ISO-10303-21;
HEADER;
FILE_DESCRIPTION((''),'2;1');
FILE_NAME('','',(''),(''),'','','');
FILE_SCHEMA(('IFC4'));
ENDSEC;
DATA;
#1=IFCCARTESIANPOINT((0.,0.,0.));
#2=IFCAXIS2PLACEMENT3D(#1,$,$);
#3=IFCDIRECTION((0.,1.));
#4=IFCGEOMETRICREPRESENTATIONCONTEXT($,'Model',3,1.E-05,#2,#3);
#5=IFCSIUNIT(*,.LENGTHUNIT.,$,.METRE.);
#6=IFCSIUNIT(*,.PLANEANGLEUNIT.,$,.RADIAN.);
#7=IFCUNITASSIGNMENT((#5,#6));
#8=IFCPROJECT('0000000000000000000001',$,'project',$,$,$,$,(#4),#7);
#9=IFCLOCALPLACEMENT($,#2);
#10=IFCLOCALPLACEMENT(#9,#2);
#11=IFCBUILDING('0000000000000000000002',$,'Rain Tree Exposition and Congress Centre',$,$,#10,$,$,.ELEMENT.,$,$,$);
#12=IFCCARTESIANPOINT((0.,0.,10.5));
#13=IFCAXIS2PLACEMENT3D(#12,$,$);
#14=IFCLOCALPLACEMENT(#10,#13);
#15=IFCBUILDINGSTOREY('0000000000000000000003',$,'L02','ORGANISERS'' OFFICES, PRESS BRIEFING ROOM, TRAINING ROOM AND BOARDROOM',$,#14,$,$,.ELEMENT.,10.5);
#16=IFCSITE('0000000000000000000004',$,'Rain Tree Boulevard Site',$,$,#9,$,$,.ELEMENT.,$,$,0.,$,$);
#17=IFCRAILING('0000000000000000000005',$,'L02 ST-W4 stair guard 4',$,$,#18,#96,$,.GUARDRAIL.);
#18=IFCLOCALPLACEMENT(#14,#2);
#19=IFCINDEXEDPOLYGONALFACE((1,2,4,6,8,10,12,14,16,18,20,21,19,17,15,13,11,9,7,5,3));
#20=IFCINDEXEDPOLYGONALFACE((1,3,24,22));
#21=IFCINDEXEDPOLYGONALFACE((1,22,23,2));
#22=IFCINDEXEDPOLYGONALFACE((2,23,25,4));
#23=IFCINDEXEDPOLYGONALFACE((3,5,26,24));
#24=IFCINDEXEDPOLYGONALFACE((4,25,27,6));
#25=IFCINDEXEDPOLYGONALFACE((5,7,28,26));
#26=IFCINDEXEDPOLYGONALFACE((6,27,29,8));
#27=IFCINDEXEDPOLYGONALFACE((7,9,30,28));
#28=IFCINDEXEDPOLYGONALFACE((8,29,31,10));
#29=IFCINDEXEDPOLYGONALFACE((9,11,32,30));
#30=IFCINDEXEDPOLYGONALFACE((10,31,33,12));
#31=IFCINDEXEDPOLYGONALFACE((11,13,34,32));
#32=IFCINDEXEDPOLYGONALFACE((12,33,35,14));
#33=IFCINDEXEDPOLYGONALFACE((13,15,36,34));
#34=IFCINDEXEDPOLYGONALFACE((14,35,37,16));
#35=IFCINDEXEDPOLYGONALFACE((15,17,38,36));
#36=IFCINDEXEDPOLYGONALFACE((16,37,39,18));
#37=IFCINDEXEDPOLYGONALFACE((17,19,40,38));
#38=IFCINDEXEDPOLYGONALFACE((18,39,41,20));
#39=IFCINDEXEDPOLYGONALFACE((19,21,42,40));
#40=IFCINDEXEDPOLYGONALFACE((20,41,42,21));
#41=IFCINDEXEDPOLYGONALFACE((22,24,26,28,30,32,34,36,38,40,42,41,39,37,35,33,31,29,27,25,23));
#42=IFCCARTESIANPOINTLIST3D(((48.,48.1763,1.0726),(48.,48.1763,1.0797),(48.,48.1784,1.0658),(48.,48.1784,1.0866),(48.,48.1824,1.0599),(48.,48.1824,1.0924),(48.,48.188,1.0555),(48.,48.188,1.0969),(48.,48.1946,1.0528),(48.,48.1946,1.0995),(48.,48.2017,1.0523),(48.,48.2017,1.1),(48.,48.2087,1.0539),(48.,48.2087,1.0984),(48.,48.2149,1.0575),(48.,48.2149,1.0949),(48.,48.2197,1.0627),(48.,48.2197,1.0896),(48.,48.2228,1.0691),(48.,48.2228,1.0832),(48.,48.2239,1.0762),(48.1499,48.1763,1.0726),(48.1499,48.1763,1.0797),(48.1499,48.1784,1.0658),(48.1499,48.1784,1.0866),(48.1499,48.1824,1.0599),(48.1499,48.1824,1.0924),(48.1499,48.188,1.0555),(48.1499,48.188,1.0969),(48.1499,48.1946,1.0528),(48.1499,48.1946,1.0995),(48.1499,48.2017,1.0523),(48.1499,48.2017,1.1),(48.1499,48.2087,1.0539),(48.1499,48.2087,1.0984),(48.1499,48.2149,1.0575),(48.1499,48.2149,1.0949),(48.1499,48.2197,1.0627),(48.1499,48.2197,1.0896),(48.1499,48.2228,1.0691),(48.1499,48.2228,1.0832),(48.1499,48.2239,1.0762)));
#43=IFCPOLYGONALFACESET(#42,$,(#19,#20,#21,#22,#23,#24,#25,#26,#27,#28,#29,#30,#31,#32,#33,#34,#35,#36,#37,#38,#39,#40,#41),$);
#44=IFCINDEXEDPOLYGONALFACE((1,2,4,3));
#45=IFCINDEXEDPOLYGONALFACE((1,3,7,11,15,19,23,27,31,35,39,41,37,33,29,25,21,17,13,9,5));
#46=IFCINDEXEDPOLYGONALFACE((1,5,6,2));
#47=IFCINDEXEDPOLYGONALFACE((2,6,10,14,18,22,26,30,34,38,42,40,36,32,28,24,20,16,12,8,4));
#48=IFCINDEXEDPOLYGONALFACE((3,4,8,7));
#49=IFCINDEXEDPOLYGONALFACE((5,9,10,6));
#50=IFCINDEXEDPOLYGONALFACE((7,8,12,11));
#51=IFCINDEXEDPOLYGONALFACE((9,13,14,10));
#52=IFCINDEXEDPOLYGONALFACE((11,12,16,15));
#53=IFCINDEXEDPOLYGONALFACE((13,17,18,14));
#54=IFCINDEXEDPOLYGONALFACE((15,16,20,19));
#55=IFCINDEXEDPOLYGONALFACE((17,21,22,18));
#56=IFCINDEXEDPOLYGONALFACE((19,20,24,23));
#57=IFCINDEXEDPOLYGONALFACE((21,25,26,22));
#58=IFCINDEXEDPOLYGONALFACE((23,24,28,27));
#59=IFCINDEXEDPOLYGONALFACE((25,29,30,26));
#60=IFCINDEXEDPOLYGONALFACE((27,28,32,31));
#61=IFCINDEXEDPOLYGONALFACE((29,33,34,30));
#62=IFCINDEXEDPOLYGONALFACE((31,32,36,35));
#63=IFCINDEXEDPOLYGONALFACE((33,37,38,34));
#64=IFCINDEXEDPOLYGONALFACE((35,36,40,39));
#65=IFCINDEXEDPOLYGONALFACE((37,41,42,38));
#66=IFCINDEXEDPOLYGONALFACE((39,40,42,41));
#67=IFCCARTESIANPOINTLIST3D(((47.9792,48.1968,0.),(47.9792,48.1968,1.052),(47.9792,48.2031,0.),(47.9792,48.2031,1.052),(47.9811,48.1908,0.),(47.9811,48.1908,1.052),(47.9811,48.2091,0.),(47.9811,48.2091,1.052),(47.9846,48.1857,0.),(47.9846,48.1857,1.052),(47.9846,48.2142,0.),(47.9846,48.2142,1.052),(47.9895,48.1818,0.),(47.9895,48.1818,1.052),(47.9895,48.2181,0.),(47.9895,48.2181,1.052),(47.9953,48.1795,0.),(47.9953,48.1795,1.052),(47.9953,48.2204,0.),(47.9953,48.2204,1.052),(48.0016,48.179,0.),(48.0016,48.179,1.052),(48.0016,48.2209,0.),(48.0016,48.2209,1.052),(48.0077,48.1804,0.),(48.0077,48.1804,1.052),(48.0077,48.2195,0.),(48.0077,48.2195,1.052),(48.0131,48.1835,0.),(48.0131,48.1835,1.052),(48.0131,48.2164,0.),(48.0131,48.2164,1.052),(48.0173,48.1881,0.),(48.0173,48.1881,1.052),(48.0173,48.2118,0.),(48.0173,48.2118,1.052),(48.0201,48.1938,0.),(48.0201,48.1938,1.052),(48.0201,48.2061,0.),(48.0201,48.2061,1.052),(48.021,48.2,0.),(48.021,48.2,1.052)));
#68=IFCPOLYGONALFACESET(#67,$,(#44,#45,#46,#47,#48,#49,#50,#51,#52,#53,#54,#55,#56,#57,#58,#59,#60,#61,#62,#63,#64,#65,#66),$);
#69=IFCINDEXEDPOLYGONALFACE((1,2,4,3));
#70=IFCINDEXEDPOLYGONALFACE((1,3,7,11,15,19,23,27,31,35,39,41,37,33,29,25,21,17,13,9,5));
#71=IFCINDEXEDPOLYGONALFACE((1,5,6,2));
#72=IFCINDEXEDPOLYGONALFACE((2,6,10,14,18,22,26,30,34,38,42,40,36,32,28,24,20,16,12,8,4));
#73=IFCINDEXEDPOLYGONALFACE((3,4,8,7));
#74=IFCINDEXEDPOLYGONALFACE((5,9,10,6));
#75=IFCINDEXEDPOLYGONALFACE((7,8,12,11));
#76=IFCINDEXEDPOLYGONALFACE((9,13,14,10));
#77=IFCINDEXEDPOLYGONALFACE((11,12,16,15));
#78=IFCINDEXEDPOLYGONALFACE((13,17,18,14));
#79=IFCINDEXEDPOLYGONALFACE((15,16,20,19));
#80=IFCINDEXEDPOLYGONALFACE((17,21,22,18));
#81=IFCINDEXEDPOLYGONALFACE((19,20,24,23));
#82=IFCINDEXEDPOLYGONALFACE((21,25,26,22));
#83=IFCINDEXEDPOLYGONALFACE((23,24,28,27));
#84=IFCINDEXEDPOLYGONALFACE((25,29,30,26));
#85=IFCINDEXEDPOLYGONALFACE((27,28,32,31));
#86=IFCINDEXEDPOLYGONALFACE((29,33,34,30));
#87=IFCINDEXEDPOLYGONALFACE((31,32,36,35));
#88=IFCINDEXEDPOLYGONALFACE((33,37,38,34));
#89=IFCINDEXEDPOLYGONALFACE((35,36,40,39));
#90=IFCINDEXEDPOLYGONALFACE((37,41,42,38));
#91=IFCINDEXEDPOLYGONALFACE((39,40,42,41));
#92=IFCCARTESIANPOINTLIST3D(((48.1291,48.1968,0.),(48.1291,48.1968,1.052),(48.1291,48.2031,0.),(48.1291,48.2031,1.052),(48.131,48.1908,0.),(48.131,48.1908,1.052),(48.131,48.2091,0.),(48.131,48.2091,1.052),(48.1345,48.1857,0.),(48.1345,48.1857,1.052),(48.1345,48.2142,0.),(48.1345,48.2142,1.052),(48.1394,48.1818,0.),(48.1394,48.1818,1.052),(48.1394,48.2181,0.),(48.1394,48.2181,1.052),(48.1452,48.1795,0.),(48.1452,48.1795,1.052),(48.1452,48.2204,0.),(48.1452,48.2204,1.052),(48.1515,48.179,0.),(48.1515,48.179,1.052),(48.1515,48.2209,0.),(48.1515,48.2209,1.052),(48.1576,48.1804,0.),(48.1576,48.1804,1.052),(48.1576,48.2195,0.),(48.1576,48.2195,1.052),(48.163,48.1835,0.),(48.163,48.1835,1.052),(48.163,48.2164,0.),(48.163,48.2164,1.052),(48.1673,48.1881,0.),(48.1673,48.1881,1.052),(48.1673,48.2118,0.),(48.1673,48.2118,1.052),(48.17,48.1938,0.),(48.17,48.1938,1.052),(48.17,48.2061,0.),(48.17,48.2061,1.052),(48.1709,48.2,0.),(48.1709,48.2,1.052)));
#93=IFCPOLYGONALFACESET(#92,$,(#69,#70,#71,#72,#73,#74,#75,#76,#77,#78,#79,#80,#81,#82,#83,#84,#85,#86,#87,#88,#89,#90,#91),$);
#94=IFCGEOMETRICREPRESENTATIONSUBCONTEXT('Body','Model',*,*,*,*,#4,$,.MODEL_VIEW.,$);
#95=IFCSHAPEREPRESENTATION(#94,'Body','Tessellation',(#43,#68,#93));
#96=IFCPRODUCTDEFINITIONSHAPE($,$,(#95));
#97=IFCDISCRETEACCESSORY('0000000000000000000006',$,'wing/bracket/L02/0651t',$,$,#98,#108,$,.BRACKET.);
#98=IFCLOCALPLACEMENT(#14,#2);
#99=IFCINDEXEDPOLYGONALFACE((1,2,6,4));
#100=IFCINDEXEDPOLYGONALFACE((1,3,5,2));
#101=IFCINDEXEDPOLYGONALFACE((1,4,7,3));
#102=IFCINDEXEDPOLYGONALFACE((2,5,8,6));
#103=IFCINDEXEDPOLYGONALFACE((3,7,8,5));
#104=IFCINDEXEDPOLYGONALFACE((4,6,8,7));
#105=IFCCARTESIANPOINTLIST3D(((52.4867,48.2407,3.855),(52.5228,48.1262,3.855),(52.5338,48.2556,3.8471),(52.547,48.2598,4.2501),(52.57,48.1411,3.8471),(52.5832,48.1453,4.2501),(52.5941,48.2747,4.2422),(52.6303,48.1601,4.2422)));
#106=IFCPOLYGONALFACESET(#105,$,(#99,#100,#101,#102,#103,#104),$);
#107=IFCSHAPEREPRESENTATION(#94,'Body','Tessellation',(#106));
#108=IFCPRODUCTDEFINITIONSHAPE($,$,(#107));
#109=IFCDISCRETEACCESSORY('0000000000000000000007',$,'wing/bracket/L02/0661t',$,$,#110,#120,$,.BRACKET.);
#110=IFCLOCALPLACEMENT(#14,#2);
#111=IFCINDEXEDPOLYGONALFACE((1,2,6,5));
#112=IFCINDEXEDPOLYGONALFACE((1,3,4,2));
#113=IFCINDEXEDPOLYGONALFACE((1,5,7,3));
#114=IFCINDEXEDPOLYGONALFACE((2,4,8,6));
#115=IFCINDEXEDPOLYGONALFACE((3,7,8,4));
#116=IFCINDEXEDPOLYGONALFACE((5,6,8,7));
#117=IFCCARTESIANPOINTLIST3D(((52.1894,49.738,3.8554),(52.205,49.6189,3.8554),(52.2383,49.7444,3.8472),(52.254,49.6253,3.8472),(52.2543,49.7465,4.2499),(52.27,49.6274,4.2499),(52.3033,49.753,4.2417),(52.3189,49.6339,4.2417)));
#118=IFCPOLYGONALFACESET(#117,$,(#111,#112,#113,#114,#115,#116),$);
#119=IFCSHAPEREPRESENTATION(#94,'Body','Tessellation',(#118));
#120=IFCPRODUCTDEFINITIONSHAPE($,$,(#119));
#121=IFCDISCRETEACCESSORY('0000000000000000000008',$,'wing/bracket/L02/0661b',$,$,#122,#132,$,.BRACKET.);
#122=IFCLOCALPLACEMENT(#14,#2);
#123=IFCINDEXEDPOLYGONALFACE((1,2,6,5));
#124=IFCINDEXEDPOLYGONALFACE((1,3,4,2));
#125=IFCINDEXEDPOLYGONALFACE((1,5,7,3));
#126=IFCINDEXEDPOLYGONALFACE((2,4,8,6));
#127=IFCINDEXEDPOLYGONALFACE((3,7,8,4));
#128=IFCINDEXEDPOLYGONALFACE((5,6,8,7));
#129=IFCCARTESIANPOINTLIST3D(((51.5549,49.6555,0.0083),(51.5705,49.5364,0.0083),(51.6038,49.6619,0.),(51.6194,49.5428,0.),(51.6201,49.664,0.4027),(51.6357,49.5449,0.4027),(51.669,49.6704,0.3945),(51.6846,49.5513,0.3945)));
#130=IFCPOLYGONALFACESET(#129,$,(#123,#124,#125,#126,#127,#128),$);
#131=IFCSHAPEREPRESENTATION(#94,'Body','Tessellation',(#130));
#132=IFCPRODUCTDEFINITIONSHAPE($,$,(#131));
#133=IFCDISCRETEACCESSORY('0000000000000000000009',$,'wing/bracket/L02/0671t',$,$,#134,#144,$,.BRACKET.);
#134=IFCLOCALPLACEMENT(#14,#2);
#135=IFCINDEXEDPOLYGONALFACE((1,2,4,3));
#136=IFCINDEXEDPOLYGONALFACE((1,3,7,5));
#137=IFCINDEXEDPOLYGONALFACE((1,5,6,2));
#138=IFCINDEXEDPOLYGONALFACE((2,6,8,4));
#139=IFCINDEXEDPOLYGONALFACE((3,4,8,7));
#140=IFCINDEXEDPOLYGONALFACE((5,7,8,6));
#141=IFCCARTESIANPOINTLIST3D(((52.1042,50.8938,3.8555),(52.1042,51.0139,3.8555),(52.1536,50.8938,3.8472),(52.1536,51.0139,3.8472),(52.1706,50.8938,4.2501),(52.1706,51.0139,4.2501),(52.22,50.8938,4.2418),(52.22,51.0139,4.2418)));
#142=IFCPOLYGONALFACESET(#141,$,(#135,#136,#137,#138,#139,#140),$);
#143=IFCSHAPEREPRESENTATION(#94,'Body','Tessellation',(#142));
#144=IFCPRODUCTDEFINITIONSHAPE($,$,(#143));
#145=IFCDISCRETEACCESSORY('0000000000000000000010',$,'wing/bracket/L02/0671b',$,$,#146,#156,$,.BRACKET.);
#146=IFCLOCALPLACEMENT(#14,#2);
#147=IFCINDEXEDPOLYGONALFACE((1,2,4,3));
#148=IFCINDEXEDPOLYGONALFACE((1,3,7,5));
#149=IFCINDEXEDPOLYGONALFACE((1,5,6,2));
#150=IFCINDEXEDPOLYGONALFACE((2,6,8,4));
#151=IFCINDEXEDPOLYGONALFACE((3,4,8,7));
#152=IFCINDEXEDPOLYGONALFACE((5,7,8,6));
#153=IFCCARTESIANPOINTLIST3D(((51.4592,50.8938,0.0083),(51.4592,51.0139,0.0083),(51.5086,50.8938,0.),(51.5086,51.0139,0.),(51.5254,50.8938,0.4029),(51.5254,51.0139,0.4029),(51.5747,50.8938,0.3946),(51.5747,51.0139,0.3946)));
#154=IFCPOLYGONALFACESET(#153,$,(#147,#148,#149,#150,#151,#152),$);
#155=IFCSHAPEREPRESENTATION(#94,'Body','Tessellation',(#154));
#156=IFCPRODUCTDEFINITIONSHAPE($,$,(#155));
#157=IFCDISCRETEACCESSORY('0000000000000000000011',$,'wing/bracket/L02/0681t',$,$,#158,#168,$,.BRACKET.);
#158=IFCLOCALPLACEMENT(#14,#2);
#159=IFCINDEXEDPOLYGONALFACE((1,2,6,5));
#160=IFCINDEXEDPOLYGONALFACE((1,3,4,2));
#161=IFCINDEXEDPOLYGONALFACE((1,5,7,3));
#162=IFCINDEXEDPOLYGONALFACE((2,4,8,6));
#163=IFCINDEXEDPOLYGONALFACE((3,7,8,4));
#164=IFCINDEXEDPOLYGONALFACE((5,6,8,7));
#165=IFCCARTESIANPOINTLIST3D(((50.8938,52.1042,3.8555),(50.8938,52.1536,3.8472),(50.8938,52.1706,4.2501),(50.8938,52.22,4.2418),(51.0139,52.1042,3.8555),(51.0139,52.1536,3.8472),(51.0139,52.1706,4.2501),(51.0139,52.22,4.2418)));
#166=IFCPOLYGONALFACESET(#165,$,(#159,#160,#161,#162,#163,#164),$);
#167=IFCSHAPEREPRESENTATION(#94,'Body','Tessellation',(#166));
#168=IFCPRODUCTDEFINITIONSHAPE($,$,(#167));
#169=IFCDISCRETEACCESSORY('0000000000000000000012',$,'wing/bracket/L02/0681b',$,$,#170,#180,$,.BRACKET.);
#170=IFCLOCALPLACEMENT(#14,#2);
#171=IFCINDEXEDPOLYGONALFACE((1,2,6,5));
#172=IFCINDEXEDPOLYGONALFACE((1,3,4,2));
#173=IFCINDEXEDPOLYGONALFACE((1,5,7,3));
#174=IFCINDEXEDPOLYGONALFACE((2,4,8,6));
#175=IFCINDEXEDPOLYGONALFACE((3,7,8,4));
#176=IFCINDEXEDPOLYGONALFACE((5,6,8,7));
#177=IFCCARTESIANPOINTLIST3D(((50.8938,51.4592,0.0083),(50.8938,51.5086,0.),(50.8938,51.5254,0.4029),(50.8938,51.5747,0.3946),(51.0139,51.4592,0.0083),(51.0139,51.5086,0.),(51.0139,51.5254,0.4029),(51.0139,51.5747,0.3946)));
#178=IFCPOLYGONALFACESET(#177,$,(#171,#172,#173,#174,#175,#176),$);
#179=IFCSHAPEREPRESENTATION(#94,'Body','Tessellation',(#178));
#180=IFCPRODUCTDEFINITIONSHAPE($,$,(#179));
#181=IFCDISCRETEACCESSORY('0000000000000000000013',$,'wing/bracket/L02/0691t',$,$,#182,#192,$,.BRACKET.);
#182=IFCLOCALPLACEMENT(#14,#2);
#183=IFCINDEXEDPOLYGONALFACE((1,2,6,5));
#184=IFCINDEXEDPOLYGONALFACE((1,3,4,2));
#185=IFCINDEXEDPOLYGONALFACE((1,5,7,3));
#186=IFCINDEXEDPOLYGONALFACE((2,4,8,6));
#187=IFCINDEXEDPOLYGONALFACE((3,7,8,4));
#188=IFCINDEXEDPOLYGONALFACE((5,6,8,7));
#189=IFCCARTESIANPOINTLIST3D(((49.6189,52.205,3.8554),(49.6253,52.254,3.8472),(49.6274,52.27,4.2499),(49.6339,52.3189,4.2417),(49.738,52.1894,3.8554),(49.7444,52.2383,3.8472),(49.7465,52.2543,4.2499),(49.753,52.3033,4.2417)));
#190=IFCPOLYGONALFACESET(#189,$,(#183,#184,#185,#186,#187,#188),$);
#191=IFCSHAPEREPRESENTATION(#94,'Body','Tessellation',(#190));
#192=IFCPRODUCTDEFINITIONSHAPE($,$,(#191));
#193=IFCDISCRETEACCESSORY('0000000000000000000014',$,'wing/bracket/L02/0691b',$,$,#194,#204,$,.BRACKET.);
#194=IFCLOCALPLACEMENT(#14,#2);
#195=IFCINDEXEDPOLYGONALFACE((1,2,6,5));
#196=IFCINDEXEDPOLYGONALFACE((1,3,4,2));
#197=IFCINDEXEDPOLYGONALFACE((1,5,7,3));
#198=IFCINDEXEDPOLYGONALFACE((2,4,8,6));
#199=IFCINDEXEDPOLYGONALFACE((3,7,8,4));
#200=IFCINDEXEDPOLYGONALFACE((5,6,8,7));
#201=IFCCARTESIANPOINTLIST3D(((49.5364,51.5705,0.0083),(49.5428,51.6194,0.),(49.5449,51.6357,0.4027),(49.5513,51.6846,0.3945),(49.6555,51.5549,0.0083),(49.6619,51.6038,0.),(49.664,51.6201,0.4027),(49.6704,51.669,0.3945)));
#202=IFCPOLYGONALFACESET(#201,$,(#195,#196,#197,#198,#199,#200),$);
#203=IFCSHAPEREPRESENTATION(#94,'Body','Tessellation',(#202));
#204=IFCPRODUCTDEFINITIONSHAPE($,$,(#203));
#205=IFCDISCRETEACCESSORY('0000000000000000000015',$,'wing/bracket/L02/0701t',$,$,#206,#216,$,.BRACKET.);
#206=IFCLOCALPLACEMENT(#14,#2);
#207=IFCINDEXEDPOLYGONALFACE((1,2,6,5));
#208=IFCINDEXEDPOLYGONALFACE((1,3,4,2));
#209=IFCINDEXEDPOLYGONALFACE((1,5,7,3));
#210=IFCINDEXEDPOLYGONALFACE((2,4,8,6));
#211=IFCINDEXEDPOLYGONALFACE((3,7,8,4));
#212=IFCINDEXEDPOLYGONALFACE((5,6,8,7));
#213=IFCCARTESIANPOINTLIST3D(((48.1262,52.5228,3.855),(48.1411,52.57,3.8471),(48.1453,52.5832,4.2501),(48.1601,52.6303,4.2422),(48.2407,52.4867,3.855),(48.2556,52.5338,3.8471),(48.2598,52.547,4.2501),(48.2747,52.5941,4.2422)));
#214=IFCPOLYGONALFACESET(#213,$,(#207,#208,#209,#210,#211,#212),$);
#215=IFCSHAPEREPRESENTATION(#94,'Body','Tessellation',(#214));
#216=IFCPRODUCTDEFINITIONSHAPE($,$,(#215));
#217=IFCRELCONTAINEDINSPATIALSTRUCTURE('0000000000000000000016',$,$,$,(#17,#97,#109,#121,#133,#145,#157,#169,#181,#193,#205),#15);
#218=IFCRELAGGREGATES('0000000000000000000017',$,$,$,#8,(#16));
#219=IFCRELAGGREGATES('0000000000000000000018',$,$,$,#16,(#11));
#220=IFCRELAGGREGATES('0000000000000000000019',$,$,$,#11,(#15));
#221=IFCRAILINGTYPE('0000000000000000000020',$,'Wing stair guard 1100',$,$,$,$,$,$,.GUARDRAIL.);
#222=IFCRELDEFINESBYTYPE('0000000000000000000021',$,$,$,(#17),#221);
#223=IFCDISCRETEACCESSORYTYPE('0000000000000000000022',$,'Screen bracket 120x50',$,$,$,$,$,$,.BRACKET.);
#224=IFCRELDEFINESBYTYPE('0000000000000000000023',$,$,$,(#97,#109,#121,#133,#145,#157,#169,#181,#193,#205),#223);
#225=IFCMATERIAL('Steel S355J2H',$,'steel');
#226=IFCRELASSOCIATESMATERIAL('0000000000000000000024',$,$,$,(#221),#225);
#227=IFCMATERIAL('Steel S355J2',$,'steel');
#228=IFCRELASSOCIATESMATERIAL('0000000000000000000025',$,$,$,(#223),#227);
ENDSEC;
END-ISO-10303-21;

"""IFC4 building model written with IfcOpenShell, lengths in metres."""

from ifc_helpers import new_model, si_unit, direction, frame, origin, origin_2d, place, context, subcontext, project, spatial, rectangle, circle, extrude, material, material_profile, profile_set, type_object, element, save


model = new_model("IFC4")

# Units and contexts
model_context = context("Model", 3, precision=1e-05, world=origin(), true_north=direction((0.0, 1.0)))
body_context = subcontext(model_context, "Body", "Model", "MODEL_VIEW")
ifc_project = project(units=[si_unit("LENGTHUNIT", "METRE"), si_unit("PLANEANGLEUNIT", "RADIAN")], contexts=[model_context])

# Site, building, storey
site_placement = place(None, origin())
site = spatial("IfcSite", under=ifc_project, at=site_placement, Name="Rain Tree Boulevard Site", CompositionType="ELEMENT", RefElevation=0.0)
building_placement = place(site_placement, origin())
building = spatial("IfcBuilding", under=site, at=building_placement, Name="Rain Tree Exposition and Congress Centre", CompositionType="ELEMENT")
storey_placement = place(building_placement, frame((0.0, 0.0, 10.5)))
storey = spatial("IfcBuildingStorey", under=building, at=storey_placement, Name="L02", Description="ORGANISERS' OFFICES, PRESS BRIEFING ROOM, TRAINING ROOM AND BOARDROOM", CompositionType="ELEMENT", Elevation=10.5)

# Railing
ifc_material_1 = material(Name="Steel S355J2H", Category="steel")
railing_type = type_object("IfcRailingType", Name="Wing stair guard 1100", PredefinedType="GUARDRAIL", material=ifc_material_1)
railing_1_placement = place(storey_placement, frame((48.0, 48.2, 0.0)))
element("IfcRailing", 1, at=railing_1_placement, inside=storey, type_object=railing_type, Name="L02 ST-W4 stair guard 4", PredefinedType="GUARDRAIL", context=body_context, shape_type="SweptSolid", body=[
    extrude(circle(Radius=0.0239, at=origin_2d()), frame((0.0, 0.0, 1.0762), z_axis=(1.0, 0.0, 0.0), x_axis=(0.0, 1.0, 0.0)), (0.0, 0.0, 1.0), 0.1499),
    extrude(circle(Radius=0.021, at=origin_2d()), origin(), (0.0, 0.0, 1.0), 1.052),
    extrude(circle(Radius=0.021, at=origin_2d()), frame((0.1499, 0.0, 0.0)), (0.0, 0.0, 1.0), 1.052),
])

# Discrete accessories
ifc_material_2 = material(Name="Steel S355J2", Category="steel")
ifc_material_profile_1 = material_profile(ifc_material_2, rectangle(XDim=0.1201, YDim=0.05, at=origin_2d()), Name="Flat bar 120x50")
ifc_profile_set_1 = profile_set([ifc_material_profile_1], Name="Steel S355J2")
discrete_accessory_type = type_object("IfcDiscreteAccessoryType", Name="Screen bracket 120x50", PredefinedType="BRACKET", material=ifc_profile_set_1)
discrete_accessory_1_placement = place(storey_placement, frame((52.5283, 48.1909, 3.8511), z_axis=(0.150738, 0.047602, 0.987427), x_axis=(-0.301131, 0.953583, 0.0)))
element("IfcDiscreteAccessory", 2, at=discrete_accessory_1_placement, inside=storey, type_object=discrete_accessory_type, Name="wing/bracket/L02/0651t", PredefinedType="BRACKET", context=body_context, shape_type="SweptSolid", body=[
    extrude(rectangle(XDim=0.1201, YDim=0.05, at=origin_2d()), origin(), (0.0, 0.0, 1.0), 0.4001),
])
for number, where, z_axis, x_axis, name in (
    (3, (52.2217, 49.6816, 3.8513), (0.162381, 0.021366, 0.986497), (-0.130455, 0.991454, 0.0), "wing/bracket/L02/0661t"),
    (4, (51.5872, 49.5991, 0.0042), (0.162976, 0.021364, 0.986399), (-0.129974, 0.991517, 0.0), "wing/bracket/L02/0661b"),
):
    element("IfcDiscreteAccessory", number, at=place(storey_placement, frame(where, z_axis=z_axis, x_axis=x_axis)), inside=storey, type_object=discrete_accessory_type, Name=name, PredefinedType="BRACKET", context=body_context, shape_type="SweptSolid", body=[
        extrude(rectangle(XDim=0.1201, YDim=0.05, at=origin_2d()), origin(), (0.0, 0.0, 1.0), 0.3999),
    ])
for number, where, z_axis, x_axis, name in (
    (5, (52.1289, 50.9539, 3.8513), (0.165982, 0.0, 0.986129), (0.0, 1.0, 0.0), "wing/bracket/L02/0671t"),
    (6, (51.4839, 50.9539, 0.0042), (0.165389, 0.0, 0.986228), (0.0, 1.0, 0.0), "wing/bracket/L02/0671b"),
    (7, (50.9539, 52.1289, 3.8513), (0.0, 0.165982, 0.986129), (-1.0, 0.0, 0.0), "wing/bracket/L02/0681t"),
    (8, (50.9539, 51.4839, 0.0042), (0.0, 0.165389, 0.986228), (-1.0, 0.0, 0.0), "wing/bracket/L02/0681b"),
):
    element("IfcDiscreteAccessory", number, at=place(storey_placement, frame(where, z_axis=z_axis, x_axis=x_axis)), inside=storey, type_object=discrete_accessory_type, Name=name, PredefinedType="BRACKET", context=body_context, shape_type="SweptSolid", body=[
        extrude(rectangle(XDim=0.1201, YDim=0.05, at=origin_2d()), origin(), (0.0, 0.0, 1.0), 0.4001),
    ])
for number, where, z_axis, x_axis, name in (
    (9, (49.6816, 52.2217, 3.8513), (0.021366, 0.162381, 0.986497), (-0.991454, 0.130455, 0.0), "wing/bracket/L02/0691t"),
    (10, (49.5991, 51.5872, 0.0042), (0.021364, 0.162976, 0.986399), (-0.991517, 0.129974, 0.0), "wing/bracket/L02/0691b"),
):
    element("IfcDiscreteAccessory", number, at=place(storey_placement, frame(where, z_axis=z_axis, x_axis=x_axis)), inside=storey, type_object=discrete_accessory_type, Name=name, PredefinedType="BRACKET", context=body_context, shape_type="SweptSolid", body=[
        extrude(rectangle(XDim=0.1201, YDim=0.05, at=origin_2d()), origin(), (0.0, 0.0, 1.0), 0.3999),
    ])
for number, where, z_axis, x_axis, name in (
    (11, (48.1909, 52.5283, 3.8511), (0.047602, 0.150738, 0.987427), (-0.953583, 0.301131, 0.0), "wing/bracket/L02/0701t"),
):
    element("IfcDiscreteAccessory", number, at=place(storey_placement, frame(where, z_axis=z_axis, x_axis=x_axis)), inside=storey, type_object=discrete_accessory_type, Name=name, PredefinedType="BRACKET", context=body_context, shape_type="SweptSolid", body=[
        extrude(rectangle(XDim=0.1201, YDim=0.05, at=origin_2d()), origin(), (0.0, 0.0, 1.0), 0.4001),
    ])

save(model, "model.ifc")
